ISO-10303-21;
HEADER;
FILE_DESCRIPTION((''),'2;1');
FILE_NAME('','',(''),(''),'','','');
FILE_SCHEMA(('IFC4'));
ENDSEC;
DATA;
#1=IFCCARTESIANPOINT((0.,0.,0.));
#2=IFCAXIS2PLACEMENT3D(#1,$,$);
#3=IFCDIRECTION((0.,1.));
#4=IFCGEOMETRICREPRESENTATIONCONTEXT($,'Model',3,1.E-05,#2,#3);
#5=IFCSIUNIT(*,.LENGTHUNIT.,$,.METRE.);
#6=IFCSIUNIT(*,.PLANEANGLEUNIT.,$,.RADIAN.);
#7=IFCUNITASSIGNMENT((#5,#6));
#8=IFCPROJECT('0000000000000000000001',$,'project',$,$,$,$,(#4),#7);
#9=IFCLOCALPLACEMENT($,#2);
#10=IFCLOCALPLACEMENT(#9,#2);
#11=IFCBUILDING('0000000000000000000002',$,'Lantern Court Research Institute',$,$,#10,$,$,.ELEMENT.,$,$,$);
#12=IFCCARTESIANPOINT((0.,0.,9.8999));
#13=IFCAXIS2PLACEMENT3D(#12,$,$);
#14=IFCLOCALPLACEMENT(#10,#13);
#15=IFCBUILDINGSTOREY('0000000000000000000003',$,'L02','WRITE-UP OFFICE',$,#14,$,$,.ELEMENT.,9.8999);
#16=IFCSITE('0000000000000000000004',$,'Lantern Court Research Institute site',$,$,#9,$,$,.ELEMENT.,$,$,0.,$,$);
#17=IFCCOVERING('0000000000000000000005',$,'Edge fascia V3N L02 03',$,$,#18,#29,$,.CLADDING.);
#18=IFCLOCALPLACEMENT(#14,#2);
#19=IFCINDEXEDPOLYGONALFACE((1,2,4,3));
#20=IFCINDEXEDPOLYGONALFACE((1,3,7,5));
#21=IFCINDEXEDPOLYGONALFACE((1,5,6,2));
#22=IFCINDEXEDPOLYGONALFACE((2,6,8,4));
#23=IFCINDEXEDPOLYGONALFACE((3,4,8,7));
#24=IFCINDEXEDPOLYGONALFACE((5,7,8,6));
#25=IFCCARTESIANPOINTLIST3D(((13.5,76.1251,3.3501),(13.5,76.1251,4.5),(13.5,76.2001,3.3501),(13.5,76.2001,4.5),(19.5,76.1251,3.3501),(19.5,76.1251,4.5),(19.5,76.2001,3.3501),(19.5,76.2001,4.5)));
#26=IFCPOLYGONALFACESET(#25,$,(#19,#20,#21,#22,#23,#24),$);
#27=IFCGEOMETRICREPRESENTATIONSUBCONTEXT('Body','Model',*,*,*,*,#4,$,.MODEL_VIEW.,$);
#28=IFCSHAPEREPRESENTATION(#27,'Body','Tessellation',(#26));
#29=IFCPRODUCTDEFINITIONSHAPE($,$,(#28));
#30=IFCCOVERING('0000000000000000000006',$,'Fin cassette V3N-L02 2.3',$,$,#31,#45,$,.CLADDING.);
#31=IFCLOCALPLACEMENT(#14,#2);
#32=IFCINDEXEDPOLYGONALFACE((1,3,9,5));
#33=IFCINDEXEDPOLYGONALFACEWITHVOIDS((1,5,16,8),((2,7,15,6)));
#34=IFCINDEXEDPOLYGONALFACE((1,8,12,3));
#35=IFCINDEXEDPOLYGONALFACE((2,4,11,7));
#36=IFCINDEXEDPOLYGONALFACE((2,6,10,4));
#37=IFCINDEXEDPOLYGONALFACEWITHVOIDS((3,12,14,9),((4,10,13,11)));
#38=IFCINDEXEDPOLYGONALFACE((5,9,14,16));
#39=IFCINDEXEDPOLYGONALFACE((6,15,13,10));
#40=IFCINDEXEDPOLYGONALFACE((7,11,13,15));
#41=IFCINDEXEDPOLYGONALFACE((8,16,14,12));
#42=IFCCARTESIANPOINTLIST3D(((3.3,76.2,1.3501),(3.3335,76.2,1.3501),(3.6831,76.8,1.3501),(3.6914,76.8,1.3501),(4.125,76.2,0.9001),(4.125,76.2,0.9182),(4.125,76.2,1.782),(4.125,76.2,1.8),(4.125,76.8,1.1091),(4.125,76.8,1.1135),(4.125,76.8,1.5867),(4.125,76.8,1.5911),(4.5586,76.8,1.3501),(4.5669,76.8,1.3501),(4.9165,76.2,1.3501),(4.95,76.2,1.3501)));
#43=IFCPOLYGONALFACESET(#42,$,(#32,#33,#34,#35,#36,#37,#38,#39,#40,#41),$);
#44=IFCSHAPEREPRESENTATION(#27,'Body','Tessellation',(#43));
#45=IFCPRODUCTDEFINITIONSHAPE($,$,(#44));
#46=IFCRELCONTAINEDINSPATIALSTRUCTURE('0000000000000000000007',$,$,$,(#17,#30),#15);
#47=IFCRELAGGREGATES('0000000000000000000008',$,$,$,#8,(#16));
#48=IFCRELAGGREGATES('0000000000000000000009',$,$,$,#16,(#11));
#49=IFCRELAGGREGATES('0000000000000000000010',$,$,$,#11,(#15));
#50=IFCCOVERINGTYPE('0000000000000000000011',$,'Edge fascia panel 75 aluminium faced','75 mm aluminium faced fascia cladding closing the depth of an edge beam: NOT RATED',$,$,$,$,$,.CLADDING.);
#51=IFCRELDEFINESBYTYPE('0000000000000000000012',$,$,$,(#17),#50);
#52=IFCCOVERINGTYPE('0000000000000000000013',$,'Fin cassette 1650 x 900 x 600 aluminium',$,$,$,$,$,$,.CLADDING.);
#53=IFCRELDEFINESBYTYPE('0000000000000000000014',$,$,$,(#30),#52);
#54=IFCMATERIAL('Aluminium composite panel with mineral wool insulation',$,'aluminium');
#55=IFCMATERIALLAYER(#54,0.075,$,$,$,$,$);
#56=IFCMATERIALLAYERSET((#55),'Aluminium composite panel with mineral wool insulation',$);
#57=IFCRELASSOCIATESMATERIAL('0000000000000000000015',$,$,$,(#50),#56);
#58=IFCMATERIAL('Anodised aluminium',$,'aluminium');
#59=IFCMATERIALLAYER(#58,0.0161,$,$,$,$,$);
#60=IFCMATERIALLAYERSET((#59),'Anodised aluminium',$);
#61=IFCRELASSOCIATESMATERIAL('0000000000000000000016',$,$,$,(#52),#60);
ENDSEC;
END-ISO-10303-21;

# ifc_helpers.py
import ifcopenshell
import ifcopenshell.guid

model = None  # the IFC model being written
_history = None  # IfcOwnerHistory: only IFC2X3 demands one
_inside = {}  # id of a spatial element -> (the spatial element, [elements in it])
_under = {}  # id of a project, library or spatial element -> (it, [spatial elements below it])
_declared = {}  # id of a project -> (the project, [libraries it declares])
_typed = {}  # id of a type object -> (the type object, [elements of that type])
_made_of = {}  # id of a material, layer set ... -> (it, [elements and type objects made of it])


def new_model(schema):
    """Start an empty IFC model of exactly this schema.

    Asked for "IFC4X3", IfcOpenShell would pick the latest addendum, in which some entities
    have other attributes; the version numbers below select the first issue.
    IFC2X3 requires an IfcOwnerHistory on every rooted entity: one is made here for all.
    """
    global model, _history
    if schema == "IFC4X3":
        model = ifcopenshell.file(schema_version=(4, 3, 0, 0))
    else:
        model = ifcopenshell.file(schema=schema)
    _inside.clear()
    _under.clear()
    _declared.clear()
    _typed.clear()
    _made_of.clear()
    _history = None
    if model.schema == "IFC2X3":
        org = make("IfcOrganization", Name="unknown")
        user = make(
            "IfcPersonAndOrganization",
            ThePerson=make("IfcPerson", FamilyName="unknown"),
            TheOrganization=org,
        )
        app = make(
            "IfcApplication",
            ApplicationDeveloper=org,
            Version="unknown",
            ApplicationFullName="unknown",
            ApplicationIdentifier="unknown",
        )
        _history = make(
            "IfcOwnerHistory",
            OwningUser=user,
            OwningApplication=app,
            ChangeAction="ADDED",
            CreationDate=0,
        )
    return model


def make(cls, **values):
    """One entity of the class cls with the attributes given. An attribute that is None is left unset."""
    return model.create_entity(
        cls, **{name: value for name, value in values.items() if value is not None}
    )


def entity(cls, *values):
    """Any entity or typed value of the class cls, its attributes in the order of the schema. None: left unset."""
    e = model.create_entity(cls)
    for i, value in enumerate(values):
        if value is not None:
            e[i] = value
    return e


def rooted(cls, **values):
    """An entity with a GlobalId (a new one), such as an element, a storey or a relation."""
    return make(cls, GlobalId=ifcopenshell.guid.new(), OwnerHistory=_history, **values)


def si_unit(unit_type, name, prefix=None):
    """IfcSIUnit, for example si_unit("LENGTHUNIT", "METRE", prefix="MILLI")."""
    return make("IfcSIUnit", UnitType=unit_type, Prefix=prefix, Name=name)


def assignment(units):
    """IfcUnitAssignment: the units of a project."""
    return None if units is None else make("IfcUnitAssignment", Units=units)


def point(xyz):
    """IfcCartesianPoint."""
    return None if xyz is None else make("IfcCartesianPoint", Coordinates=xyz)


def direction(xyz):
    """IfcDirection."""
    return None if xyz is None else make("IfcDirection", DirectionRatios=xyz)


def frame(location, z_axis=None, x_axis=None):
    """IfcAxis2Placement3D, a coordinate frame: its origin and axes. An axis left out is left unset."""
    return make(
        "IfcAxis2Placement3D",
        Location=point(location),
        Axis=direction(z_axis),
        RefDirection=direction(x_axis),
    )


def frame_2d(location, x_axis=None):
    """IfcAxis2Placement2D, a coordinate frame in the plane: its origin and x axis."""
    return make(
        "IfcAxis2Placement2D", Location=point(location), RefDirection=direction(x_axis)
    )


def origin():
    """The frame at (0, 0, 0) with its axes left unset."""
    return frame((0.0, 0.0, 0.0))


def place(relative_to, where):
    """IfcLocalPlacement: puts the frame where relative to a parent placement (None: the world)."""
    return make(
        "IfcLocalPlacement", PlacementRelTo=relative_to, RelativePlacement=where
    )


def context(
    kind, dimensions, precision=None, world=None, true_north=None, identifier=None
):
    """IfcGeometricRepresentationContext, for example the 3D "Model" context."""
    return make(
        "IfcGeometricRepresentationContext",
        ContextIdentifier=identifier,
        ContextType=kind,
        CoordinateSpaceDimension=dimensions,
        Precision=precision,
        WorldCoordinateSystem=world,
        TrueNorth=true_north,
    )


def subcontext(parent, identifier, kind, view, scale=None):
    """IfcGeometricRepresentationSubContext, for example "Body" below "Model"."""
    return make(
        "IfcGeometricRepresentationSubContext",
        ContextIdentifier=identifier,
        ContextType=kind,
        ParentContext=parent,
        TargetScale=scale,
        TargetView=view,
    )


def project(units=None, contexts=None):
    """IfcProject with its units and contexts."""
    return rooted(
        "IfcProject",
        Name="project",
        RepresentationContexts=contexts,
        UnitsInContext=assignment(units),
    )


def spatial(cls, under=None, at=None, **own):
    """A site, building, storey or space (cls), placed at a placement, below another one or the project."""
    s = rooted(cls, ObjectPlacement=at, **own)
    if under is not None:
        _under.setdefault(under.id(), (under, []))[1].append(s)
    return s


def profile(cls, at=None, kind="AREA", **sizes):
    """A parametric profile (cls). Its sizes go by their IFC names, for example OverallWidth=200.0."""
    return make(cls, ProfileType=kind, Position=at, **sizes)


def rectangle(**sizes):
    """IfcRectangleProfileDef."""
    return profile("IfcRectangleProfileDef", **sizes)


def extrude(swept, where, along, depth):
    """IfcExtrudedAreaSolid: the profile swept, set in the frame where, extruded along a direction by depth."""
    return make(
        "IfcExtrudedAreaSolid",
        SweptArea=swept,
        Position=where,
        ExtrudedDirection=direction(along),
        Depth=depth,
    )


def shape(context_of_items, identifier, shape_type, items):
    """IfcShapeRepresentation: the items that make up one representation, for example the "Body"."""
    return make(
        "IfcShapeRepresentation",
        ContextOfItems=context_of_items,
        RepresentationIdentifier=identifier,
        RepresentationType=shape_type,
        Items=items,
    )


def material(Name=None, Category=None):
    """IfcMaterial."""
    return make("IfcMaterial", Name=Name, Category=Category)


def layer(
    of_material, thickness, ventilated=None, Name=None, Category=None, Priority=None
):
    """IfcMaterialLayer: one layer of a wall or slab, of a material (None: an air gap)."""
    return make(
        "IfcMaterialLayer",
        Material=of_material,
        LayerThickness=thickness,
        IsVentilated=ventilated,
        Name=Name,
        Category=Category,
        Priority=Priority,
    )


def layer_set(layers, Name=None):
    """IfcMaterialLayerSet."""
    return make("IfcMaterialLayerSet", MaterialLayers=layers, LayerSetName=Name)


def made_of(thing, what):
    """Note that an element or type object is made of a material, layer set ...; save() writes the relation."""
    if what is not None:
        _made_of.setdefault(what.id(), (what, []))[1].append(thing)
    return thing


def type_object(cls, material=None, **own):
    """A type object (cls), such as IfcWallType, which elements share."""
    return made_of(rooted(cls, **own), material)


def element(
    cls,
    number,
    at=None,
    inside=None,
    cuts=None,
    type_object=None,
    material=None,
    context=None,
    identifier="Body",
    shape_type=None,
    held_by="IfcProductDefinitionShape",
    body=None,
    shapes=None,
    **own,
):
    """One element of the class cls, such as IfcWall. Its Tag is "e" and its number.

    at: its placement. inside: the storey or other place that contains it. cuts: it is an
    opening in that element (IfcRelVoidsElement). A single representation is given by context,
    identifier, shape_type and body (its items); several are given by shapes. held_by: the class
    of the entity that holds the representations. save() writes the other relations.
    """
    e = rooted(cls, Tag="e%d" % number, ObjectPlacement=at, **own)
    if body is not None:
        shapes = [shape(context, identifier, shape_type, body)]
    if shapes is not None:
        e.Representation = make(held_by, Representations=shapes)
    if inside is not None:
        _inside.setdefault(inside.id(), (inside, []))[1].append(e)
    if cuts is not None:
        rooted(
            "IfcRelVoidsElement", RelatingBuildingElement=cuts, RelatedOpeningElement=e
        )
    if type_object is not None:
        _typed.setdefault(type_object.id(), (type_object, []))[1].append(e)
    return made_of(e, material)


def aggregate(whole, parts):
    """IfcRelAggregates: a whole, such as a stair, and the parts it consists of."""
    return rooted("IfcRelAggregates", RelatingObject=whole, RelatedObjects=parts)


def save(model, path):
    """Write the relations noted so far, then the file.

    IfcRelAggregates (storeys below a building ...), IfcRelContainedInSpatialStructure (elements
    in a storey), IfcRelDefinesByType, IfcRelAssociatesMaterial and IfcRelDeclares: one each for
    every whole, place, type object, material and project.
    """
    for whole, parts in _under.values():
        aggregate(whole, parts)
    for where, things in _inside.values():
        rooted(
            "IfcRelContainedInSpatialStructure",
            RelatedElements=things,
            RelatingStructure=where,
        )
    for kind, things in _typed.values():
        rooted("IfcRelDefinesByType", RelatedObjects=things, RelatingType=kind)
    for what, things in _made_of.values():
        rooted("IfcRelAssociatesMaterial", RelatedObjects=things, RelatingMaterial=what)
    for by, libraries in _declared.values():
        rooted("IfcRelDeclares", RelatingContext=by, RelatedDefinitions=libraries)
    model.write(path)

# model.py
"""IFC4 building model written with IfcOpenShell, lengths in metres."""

from ifc_helpers import new_model, entity, si_unit, direction, frame, frame_2d, origin, place, context, subcontext, project, spatial, rectangle, extrude, material, layer, layer_set, type_object, element, save


model = new_model("IFC4")

# Units and contexts
model_context = context("Model", 3, precision=1e-05, world=origin(), true_north=direction((0.0, 1.0)))
body_context = subcontext(model_context, "Body", "Model", "MODEL_VIEW")
ifc_project = project(units=[si_unit("LENGTHUNIT", "METRE"), si_unit("PLANEANGLEUNIT", "RADIAN")], contexts=[model_context])

# Site, building, storey
site_placement = place(None, origin())
site = spatial("IfcSite", under=ifc_project, at=site_placement, Name="Lantern Court Research Institute site", CompositionType="ELEMENT", RefElevation=0.0)
building_placement = place(site_placement, origin())
building = spatial("IfcBuilding", under=site, at=building_placement, Name="Lantern Court Research Institute", CompositionType="ELEMENT")
storey_placement = place(building_placement, frame((0.0, 0.0, 9.8999)))
storey = spatial("IfcBuildingStorey", under=building, at=storey_placement, Name="L02", Description="WRITE-UP OFFICE", CompositionType="ELEMENT", Elevation=9.8999)

# Coverings
ifc_material_1 = material(Name="Aluminium composite panel with mineral wool insulation", Category="aluminium")
ifc_layer_1 = layer(ifc_material_1, 0.075)
ifc_layer_set_1 = layer_set([ifc_layer_1], Name="Aluminium composite panel with mineral wool insulation")
covering_type_1 = type_object("IfcCoveringType", Name="Edge fascia panel 75 aluminium faced", Description="75 mm aluminium faced fascia cladding closing the depth of an edge beam: NOT RATED", PredefinedType="CLADDING", material=ifc_layer_set_1)
for number, where, z_axis, x_axis, name in (
    (1, (13.5, 76.1626, 3.3501), (0.0, 0.0, 1.0), (1.0, 0.0, 0.0), "Edge fascia V3N L02 03"),
):
    element("IfcCovering", number, at=place(storey_placement, frame(where, z_axis=z_axis, x_axis=x_axis)), inside=storey, type_object=covering_type_1, Name=name, PredefinedType="CLADDING", context=body_context, shape_type="SweptSolid", body=[
        extrude(rectangle(XDim=6.0, YDim=0.075, at=frame_2d((3.0, 0.0))), origin(), (0.0, 0.0, 1.0), 1.1499),
    ])
ifc_material_2 = material(Name="Anodised aluminium", Category="aluminium")
ifc_layer_2 = layer(ifc_material_2, 0.0161)
ifc_layer_set_2 = layer_set([ifc_layer_2], Name="Anodised aluminium")
covering_type_2 = type_object("IfcCoveringType", Name="Fin cassette 1650 x 900 x 600 aluminium", PredefinedType="CLADDING", material=ifc_layer_set_2)
covering_placement = place(storey_placement, frame((4.125, 76.2, 1.3501), z_axis=(0.0, 1.0, 0.0), x_axis=(-1.0, 0.0, 0.0)))
cartesian_point_1 = entity("IfcCartesianPoint", [0.825, 0.0])
cartesian_point_2 = entity("IfcCartesianPoint", [0.7915, 0.0])
cartesian_point_3 = entity("IfcCartesianPoint", [0.4419, 0.0])
cartesian_point_4 = entity("IfcCartesianPoint", [0.4336, 0.0])
element("IfcCovering", 2, at=covering_placement, inside=storey, type_object=covering_type_2, Name="Fin cassette V3N-L02 2.3", PredefinedType="CLADDING", context=body_context, shape_type="SweptSolid", body=[
    entity("IfcExtrudedAreaSolidTapered", entity("IfcArbitraryProfileDefWithVoids", "AREA", None, entity("IfcPolyline", [cartesian_point_1, entity("IfcCartesianPoint", [0.0, 0.45]), entity("IfcCartesianPoint", [-0.825, 0.0]), entity("IfcCartesianPoint", [0.0, -0.45]), cartesian_point_1]), [entity("IfcPolyline", [cartesian_point_2, entity("IfcCartesianPoint", [0.0, 0.4319]), entity("IfcCartesianPoint", [-0.7915, 0.0]), entity("IfcCartesianPoint", [0.0, -0.4319]), cartesian_point_2])]), entity("IfcAxis2Placement3D", entity("IfcCartesianPoint", [0.0, 0.0, 0.0])), entity("IfcDirection", [0.0, 0.0, 1.0]), 0.6001, entity("IfcArbitraryProfileDefWithVoids", "AREA", None, entity("IfcPolyline", [cartesian_point_3, entity("IfcCartesianPoint", [0.0, 0.241]), entity("IfcCartesianPoint", [-0.4419, 0.0]), entity("IfcCartesianPoint", [0.0, -0.241]), cartesian_point_3]), [entity("IfcPolyline", [cartesian_point_4, entity("IfcCartesianPoint", [0.0, 0.2366]), entity("IfcCartesianPoint", [-0.4336, 0.0]), entity("IfcCartesianPoint", [0.0, -0.2366]), cartesian_point_4])])),
])

save(model, "model.ifc")
